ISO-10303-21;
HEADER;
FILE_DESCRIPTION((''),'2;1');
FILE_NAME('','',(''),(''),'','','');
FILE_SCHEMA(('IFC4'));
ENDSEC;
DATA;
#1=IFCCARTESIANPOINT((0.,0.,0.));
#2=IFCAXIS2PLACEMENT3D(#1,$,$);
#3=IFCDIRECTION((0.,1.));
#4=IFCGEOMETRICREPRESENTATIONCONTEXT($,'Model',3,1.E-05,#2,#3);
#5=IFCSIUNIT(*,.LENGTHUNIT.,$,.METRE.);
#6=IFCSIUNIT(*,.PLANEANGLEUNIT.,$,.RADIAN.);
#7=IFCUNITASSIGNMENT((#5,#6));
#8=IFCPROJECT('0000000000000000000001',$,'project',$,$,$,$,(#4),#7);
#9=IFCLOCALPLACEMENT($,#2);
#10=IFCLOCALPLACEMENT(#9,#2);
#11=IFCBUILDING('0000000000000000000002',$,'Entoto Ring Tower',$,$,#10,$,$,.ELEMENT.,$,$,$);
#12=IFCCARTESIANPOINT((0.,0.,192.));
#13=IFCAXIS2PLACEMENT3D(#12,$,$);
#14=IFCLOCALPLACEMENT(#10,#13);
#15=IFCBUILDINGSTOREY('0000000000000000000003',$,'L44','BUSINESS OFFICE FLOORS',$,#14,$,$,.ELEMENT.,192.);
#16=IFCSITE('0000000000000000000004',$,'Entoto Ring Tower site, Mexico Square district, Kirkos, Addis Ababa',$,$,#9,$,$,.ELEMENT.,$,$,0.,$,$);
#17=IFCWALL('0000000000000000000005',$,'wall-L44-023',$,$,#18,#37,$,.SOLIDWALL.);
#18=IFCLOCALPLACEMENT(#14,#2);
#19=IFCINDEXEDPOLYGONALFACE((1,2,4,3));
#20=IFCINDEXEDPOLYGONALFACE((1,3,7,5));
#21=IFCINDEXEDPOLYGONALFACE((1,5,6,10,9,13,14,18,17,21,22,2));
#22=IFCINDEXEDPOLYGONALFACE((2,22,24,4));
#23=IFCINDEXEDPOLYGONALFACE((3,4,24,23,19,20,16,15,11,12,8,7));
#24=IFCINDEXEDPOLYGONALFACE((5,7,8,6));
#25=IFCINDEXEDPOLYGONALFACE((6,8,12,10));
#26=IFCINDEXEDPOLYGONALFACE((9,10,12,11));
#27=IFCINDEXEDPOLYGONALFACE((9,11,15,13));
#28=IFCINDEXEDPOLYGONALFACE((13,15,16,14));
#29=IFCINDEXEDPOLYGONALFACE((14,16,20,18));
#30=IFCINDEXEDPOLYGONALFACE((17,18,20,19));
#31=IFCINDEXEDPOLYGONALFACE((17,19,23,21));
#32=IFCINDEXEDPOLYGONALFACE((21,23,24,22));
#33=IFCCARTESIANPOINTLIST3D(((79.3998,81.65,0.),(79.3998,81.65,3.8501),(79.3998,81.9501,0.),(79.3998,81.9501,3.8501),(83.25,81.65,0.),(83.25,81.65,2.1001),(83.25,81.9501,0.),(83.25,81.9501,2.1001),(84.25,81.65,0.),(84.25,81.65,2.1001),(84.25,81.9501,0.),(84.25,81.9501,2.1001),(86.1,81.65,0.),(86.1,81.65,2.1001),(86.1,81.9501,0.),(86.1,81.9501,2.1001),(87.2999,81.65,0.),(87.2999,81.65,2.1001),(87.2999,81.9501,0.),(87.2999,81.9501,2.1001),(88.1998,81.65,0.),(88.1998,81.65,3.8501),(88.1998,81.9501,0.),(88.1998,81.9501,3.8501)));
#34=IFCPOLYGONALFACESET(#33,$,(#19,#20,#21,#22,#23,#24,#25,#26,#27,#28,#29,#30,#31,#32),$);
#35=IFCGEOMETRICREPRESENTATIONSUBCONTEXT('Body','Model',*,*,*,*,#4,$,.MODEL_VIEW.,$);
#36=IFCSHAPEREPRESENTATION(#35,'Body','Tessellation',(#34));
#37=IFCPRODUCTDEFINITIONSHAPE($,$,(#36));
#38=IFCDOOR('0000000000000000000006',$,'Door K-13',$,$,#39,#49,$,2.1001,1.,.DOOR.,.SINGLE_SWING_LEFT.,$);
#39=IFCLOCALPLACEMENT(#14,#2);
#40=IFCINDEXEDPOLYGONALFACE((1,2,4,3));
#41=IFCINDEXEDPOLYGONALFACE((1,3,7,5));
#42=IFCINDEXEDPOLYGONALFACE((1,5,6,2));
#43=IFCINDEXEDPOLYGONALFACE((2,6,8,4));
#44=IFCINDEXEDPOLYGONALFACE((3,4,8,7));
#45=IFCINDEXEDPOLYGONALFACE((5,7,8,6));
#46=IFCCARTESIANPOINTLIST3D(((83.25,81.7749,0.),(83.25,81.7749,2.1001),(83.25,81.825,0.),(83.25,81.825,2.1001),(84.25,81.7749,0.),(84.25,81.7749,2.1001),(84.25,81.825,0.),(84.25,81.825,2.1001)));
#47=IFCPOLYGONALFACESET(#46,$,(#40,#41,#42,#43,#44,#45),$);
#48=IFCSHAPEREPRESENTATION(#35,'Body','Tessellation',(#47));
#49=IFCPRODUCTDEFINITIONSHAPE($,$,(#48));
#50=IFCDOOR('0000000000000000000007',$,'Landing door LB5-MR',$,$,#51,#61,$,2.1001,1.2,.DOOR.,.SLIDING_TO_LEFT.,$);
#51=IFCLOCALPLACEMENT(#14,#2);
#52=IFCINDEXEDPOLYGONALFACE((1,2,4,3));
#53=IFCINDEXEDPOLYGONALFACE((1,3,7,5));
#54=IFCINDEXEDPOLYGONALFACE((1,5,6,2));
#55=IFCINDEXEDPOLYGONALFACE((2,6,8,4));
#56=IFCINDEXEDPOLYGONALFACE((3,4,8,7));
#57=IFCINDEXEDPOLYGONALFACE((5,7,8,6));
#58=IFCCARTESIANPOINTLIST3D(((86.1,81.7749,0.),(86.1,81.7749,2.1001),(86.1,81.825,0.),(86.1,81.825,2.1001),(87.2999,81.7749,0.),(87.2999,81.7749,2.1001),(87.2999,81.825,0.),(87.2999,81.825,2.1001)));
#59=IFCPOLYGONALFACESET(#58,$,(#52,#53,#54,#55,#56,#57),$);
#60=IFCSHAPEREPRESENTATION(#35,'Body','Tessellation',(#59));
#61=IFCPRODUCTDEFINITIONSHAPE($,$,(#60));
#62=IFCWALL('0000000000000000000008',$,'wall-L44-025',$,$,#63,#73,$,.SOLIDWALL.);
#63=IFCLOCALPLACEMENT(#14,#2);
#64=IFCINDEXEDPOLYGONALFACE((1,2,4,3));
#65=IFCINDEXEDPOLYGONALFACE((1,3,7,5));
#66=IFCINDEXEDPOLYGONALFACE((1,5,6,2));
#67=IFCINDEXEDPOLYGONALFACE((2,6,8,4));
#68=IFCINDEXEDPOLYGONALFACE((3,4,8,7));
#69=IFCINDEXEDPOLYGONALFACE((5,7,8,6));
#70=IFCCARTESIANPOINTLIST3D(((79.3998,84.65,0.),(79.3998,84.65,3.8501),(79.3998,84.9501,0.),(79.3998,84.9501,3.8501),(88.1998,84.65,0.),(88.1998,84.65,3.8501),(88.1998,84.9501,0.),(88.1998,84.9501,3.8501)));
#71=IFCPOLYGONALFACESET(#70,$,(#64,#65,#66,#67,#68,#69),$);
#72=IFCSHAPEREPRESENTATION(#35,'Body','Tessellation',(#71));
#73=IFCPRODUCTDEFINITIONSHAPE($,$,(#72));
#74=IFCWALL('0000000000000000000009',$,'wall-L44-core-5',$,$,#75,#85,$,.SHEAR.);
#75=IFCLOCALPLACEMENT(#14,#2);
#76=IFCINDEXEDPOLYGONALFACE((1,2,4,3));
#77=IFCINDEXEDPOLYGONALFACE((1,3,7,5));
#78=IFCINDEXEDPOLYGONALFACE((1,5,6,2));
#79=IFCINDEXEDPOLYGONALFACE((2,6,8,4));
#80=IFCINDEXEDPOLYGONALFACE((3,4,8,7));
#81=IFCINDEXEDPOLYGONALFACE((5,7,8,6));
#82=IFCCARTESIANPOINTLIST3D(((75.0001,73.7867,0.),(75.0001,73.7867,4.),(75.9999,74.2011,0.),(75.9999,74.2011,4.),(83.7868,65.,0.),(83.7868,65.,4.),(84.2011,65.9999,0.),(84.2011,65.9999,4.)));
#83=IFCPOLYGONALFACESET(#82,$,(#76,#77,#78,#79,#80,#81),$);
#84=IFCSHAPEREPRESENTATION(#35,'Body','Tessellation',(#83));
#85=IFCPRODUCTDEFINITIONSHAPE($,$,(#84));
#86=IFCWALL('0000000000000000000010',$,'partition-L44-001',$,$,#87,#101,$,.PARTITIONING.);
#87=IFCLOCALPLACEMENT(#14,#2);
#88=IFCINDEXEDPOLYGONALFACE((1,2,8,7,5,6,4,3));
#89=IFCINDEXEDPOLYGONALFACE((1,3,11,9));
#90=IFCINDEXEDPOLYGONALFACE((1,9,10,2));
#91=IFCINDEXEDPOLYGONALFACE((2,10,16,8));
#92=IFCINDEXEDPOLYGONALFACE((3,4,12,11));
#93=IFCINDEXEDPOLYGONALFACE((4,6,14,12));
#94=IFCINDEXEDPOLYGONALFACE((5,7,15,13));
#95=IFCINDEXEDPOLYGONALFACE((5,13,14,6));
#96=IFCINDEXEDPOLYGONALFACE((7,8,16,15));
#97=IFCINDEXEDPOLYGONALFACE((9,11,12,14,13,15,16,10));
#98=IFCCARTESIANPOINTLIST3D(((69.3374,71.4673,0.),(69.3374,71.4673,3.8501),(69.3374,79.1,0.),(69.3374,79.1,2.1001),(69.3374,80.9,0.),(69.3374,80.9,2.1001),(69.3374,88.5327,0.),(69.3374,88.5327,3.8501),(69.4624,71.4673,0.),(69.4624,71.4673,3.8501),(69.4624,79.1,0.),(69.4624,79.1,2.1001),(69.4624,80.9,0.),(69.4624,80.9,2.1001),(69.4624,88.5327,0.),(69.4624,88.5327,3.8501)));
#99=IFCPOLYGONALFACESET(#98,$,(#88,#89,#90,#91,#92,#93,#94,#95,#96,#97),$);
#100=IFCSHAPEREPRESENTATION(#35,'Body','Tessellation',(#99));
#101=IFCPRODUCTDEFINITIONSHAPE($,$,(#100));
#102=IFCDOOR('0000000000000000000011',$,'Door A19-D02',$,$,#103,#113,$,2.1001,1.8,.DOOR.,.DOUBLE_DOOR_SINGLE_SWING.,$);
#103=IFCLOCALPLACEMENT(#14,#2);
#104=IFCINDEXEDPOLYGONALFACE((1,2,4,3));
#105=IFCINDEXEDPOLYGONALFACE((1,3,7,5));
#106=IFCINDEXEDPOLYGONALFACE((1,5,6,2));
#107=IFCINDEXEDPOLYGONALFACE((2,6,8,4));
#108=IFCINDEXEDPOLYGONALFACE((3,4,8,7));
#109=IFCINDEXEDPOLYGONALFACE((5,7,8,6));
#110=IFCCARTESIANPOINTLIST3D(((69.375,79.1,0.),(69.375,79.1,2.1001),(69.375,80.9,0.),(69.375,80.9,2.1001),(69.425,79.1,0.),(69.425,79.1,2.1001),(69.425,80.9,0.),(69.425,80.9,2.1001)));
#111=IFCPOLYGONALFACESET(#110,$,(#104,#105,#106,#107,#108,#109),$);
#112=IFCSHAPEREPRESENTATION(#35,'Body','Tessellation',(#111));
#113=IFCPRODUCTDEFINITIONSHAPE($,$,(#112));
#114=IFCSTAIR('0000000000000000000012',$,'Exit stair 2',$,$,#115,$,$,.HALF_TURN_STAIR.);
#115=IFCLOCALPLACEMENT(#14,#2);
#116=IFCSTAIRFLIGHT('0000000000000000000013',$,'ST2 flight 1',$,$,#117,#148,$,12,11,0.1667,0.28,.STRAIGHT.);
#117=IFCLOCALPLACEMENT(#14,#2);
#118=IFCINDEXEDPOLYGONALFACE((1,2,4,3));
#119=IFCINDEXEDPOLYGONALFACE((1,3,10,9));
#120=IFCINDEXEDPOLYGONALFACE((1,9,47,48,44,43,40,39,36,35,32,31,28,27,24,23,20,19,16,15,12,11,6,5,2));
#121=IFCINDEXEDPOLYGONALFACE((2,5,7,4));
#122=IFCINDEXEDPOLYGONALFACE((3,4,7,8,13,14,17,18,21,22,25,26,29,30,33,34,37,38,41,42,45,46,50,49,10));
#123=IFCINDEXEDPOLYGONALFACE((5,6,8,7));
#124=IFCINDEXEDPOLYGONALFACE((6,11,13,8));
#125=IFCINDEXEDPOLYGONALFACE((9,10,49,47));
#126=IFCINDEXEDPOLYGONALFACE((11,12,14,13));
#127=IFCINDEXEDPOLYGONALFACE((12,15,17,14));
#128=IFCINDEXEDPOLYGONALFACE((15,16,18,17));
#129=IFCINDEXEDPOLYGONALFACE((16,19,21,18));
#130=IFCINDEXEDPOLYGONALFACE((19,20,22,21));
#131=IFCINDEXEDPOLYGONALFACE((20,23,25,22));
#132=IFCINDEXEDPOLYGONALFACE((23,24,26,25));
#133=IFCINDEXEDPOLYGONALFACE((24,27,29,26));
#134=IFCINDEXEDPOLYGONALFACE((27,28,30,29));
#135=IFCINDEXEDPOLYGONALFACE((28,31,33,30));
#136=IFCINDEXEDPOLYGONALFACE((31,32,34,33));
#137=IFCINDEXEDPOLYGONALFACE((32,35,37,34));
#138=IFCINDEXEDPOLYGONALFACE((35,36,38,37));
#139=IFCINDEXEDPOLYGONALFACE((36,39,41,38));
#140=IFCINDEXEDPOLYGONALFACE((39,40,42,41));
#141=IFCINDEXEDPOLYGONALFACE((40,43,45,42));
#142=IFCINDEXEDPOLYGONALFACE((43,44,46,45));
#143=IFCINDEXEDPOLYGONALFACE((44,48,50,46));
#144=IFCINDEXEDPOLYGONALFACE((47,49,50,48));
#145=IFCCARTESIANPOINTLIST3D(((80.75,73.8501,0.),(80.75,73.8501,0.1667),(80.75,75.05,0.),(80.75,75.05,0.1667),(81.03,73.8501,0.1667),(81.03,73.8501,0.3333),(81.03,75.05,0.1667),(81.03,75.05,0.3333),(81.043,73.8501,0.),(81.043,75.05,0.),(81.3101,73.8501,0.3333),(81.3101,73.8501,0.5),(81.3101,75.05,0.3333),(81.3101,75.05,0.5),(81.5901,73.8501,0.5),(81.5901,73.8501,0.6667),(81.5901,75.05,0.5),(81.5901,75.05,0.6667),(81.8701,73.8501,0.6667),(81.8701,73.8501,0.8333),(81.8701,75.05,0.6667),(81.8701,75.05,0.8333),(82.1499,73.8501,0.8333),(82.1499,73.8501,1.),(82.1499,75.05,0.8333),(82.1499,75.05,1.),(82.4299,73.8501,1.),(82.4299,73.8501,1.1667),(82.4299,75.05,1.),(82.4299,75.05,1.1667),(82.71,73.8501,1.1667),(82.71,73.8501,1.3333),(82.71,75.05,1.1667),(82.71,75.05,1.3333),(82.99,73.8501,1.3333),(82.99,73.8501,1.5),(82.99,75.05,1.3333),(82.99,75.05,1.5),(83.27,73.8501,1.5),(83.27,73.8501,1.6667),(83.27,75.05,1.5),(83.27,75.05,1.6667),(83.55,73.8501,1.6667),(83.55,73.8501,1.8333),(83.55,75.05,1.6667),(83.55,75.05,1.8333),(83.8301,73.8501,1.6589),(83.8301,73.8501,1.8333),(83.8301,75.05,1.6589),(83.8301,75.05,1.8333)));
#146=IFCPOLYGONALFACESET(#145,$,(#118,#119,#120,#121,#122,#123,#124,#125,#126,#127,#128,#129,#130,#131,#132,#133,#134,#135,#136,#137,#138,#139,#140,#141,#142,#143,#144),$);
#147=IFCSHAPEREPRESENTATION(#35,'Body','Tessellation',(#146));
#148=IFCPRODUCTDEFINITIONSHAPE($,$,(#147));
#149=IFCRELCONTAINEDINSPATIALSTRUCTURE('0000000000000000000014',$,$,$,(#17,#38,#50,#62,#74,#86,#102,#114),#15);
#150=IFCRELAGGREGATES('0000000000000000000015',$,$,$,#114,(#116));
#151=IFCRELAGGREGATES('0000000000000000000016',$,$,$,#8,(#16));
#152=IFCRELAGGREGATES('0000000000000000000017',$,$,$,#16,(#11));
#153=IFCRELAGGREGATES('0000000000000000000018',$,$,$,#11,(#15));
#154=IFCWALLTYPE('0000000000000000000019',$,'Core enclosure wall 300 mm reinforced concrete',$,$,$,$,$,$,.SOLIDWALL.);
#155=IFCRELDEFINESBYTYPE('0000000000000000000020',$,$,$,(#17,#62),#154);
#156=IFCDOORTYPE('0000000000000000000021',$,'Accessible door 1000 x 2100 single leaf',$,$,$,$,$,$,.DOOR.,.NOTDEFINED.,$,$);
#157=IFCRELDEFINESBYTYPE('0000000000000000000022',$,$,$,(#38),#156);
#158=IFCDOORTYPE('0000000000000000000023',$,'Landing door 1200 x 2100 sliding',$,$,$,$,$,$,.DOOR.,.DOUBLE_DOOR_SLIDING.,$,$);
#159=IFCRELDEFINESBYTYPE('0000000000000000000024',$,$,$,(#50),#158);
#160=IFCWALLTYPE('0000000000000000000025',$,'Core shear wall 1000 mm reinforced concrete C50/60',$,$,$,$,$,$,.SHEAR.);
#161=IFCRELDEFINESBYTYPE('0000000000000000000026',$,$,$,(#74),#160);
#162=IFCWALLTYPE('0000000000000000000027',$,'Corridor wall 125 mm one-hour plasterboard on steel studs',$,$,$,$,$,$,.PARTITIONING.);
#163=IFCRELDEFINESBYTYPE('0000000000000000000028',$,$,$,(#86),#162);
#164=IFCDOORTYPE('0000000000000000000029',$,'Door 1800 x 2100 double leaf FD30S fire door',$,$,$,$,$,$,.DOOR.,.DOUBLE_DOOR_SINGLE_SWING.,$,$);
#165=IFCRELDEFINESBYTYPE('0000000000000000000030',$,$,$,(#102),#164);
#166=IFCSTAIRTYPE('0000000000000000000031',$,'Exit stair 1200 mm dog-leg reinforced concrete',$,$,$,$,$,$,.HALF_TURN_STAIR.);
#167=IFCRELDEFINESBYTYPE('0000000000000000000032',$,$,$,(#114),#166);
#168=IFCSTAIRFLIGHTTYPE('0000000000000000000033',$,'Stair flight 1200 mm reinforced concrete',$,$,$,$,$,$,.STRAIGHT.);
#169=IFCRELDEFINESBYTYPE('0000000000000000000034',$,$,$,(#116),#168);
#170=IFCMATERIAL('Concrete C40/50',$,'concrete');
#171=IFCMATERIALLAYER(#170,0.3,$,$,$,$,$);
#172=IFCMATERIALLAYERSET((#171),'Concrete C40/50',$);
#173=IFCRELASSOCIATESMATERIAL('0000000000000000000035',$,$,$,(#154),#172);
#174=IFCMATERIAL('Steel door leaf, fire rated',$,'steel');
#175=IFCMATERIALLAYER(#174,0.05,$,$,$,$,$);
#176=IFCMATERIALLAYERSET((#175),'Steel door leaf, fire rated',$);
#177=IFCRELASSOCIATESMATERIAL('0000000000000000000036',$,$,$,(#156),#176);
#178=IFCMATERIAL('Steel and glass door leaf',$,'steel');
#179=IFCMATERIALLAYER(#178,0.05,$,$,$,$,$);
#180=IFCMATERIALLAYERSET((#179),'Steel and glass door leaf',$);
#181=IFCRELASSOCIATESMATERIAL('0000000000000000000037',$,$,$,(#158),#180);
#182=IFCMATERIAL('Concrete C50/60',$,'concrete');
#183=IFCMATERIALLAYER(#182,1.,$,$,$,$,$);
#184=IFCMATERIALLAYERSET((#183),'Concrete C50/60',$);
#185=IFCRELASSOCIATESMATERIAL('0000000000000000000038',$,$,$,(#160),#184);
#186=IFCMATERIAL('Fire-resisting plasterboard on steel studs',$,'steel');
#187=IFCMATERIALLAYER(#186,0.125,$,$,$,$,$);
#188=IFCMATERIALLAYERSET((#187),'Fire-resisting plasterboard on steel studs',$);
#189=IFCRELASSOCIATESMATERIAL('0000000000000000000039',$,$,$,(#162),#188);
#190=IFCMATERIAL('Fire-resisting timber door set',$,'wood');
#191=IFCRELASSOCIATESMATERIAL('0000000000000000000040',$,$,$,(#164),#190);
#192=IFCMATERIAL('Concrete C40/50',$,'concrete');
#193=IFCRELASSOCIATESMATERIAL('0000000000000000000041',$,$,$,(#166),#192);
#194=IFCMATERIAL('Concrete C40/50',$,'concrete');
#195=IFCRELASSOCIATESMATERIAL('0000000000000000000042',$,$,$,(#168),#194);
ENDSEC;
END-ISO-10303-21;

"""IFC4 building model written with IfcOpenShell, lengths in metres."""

from ifc_helpers import new_model, si_unit, direction, frame, frame_2d, origin, place, context, subcontext, project, spatial, polyline, rectangle, outline, extrude, material, layer, layer_set, type_object, element, fill, aggregate, save


model = new_model("IFC4")

# Units and contexts
model_context = context("Model", 3, precision=1e-05, world=origin(), true_north=direction((0.0, 1.0)))
body_context = subcontext(model_context, "Body", "Model", "MODEL_VIEW")
ifc_project = project(units=[si_unit("LENGTHUNIT", "METRE"), si_unit("PLANEANGLEUNIT", "RADIAN")], contexts=[model_context])

# Site, building, storey
site_placement = place(None, origin())
site = spatial("IfcSite", under=ifc_project, at=site_placement, Name="Entoto Ring Tower site, Mexico Square district, Kirkos, Addis Ababa", CompositionType="ELEMENT", RefElevation=0.0)
building_placement = place(site_placement, origin())
building = spatial("IfcBuilding", under=site, at=building_placement, Name="Entoto Ring Tower", CompositionType="ELEMENT")
storey_placement = place(building_placement, frame((0.0, 0.0, 192.0)))
storey = spatial("IfcBuildingStorey", under=building, at=storey_placement, Name="L44", Description="BUSINESS OFFICE FLOORS", CompositionType="ELEMENT", Elevation=192.0)

# Shared definitions
ifc_material_1 = material(Name="Concrete C40/50", Category="concrete")
ifc_layer_1 = layer(ifc_material_1, 0.3)
ifc_layer_set_1 = layer_set([ifc_layer_1], Name="Concrete C40/50")
wall_type_1 = type_object("IfcWallType", Name="Core enclosure wall 300 mm reinforced concrete", PredefinedType="SOLIDWALL", material=ifc_layer_set_1)

# Wall, openings, doors
wall_1_placement = place(storey_placement, frame((79.3999, 81.8, 0.0), z_axis=(0.0, 0.0, 1.0), x_axis=(1.0, 0.0, 0.0)))
wall_1 = element("IfcWall", 1, at=wall_1_placement, inside=storey, type_object=wall_type_1, Name="wall-L44-023", PredefinedType="SOLIDWALL", context=body_context, shape_type="SweptSolid", body=[
    extrude(rectangle(XDim=8.8, YDim=0.3, at=frame_2d((4.3999, 0.0))), origin(), (0.0, 0.0, 1.0), 3.8501),
])
opening_1_placement = place(wall_1_placement, frame((6.7, 0.0, 0.0)))
opening_1 = element("IfcOpeningElement", 2, at=opening_1_placement, cuts=wall_1, PredefinedType="OPENING", context=body_context, shape_type="SweptSolid", body=[
    extrude(rectangle(XDim=1.2, YDim=2.1001, at=frame_2d((0.6001, 1.05))), frame((0.0, 0.1602, 0.0), z_axis=(0.0, -1.0, 0.0), x_axis=(1.0, 0.0, 0.0)), (0.0, 0.0, 1.0), 0.3201),
])
opening_2_placement = place(wall_1_placement, frame((3.8501, 0.0, 0.0)))
opening_2 = element("IfcOpeningElement", 3, at=opening_2_placement, cuts=wall_1, PredefinedType="OPENING", context=body_context, shape_type="SweptSolid", body=[
    extrude(rectangle(XDim=1.0, YDim=2.1001, at=frame_2d((0.5, 1.05))), frame((0.0, 0.1602, 0.0), z_axis=(0.0, -1.0, 0.0), x_axis=(1.0, 0.0, 0.0)), (0.0, 0.0, 1.0), 0.3201),
])
ifc_material_2 = material(Name="Steel door leaf, fire rated", Category="steel")
ifc_layer_2 = layer(ifc_material_2, 0.05)
ifc_layer_set_2 = layer_set([ifc_layer_2], Name="Steel door leaf, fire rated")
door_type_1 = type_object("IfcDoorType", Name="Accessible door 1000 x 2100 single leaf", OperationType="NOTDEFINED", PredefinedType="DOOR", material=ifc_layer_set_2)
door_1_placement = place(opening_2_placement, origin())
door_1 = element("IfcDoor", 4, at=door_1_placement, inside=storey, type_object=door_type_1, Name="Door K-13", OperationType="SINGLE_SWING_LEFT", OverallHeight=2.1001, OverallWidth=1.0, PredefinedType="DOOR", context=body_context, shape_type="SweptSolid", body=[
    extrude(rectangle(XDim=1.0, YDim=2.1001, at=frame_2d((0.5, 1.05))), frame((0.0, 0.0249, 0.0), z_axis=(0.0, -1.0, 0.0), x_axis=(1.0, 0.0, 0.0)), (0.0, 0.0, 1.0), 0.05),
])
fill(opening_2, door_1)
ifc_material_3 = material(Name="Steel and glass door leaf", Category="steel")
ifc_layer_3 = layer(ifc_material_3, 0.05)
ifc_layer_set_3 = layer_set([ifc_layer_3], Name="Steel and glass door leaf")
door_type_2 = type_object("IfcDoorType", Name="Landing door 1200 x 2100 sliding", OperationType="DOUBLE_DOOR_SLIDING", PredefinedType="DOOR", material=ifc_layer_set_3)
door_2_placement = place(opening_1_placement, origin())
door_2 = element("IfcDoor", 5, at=door_2_placement, inside=storey, type_object=door_type_2, Name="Landing door LB5-MR", OperationType="SLIDING_TO_LEFT", OverallHeight=2.1001, OverallWidth=1.2, PredefinedType="DOOR", context=body_context, shape_type="SweptSolid", body=[
    extrude(rectangle(XDim=1.2, YDim=2.1001, at=frame_2d((0.6001, 1.05))), frame((0.0, 0.0249, 0.0), z_axis=(0.0, -1.0, 0.0), x_axis=(1.0, 0.0, 0.0)), (0.0, 0.0, 1.0), 0.05),
])
fill(opening_1, door_2)

# Walls
wall_2_placement = place(storey_placement, frame((79.3999, 84.8, 0.0), z_axis=(0.0, 0.0, 1.0), x_axis=(1.0, 0.0, 0.0)))
element("IfcWall", 6, at=wall_2_placement, inside=storey, type_object=wall_type_1, Name="wall-L44-025", PredefinedType="SOLIDWALL", context=body_context, shape_type="SweptSolid", body=[
    extrude(rectangle(XDim=8.8, YDim=0.3, at=frame_2d((4.3999, 0.0))), origin(), (0.0, 0.0, 1.0), 3.8501),
])
ifc_material_4 = material(Name="Concrete C50/60", Category="concrete")
ifc_layer_4 = layer(ifc_material_4, 1.0)
ifc_layer_set_4 = layer_set([ifc_layer_4], Name="Concrete C50/60")
wall_type_2 = type_object("IfcWallType", Name="Core shear wall 1000 mm reinforced concrete C50/60", PredefinedType="SHEAR", material=ifc_layer_set_4)
wall_3_placement = place(storey_placement, frame((75.5, 73.9939, 0.0), z_axis=(0.0, 0.0, 1.0), x_axis=(0.707107, -0.707107, 0.0)))
element("IfcWall", 7, at=wall_3_placement, inside=storey, type_object=wall_type_2, Name="wall-L44-core-5", PredefinedType="SHEAR", context=body_context, shape_type="SweptSolid", body=[
    extrude(outline(polyline([(-0.207, -0.5), (12.2192, -0.5), (11.8052, 0.5), (0.207, 0.5), (-0.207, -0.5)])), origin(), (0.0, 0.0, 1.0), 4.0),
])

# Wall, opening, door
ifc_material_5 = material(Name="Fire-resisting plasterboard on steel studs", Category="steel")
ifc_layer_5 = layer(ifc_material_5, 0.125)
ifc_layer_set_5 = layer_set([ifc_layer_5], Name="Fire-resisting plasterboard on steel studs")
wall_type_3 = type_object("IfcWallType", Name="Corridor wall 125 mm one-hour plasterboard on steel studs", PredefinedType="PARTITIONING", material=ifc_layer_set_5)
wall_4_placement = place(storey_placement, frame((69.3999, 71.4673, 0.0), z_axis=(0.0, 0.0, 1.0), x_axis=(0.0, 1.0, 0.0)))
wall_4 = element("IfcWall", 8, at=wall_4_placement, inside=storey, type_object=wall_type_3, Name="partition-L44-001", PredefinedType="PARTITIONING", context=body_context, shape_type="SweptSolid", body=[
    extrude(rectangle(XDim=17.0654, YDim=0.125, at=frame_2d((8.5327, 0.0))), origin(), (0.0, 0.0, 1.0), 3.8501),
])
opening_3_placement = place(wall_4_placement, frame((7.6328, 0.0, 0.0)))
opening_3 = element("IfcOpeningElement", 9, at=opening_3_placement, cuts=wall_4, PredefinedType="OPENING", context=body_context, shape_type="SweptSolid", body=[
    extrude(rectangle(XDim=1.8, YDim=2.1001, at=frame_2d((0.8999, 1.05))), frame((0.0, 0.0725, 0.0), z_axis=(0.0, -1.0, 0.0), x_axis=(1.0, 0.0, 0.0)), (0.0, 0.0, 1.0), 0.145),
])
ifc_material_6 = material(Name="Fire-resisting timber door set", Category="wood")
door_type_3 = type_object("IfcDoorType", Name="Door 1800 x 2100 double leaf FD30S fire door", OperationType="DOUBLE_DOOR_SINGLE_SWING", PredefinedType="DOOR", material=ifc_material_6)
door_3_placement = place(opening_3_placement, origin())
door_3 = element("IfcDoor", 10, at=door_3_placement, inside=storey, type_object=door_type_3, Name="Door A19-D02", OperationType="DOUBLE_DOOR_SINGLE_SWING", OverallHeight=2.1001, OverallWidth=1.8, PredefinedType="DOOR", context=body_context, shape_type="SweptSolid", body=[
    extrude(rectangle(XDim=1.8, YDim=2.1001, at=frame_2d((0.8999, 1.05))), frame((0.0, 0.0249, 0.0), z_axis=(0.0, -1.0, 0.0), x_axis=(1.0, 0.0, 0.0)), (0.0, 0.0, 1.0), 0.05),
])
fill(opening_3, door_3)

# Stair, stair flight
ifc_material_7 = material(Name="Concrete C40/50", Category="concrete")
stair_type = type_object("IfcStairType", Name="Exit stair 1200 mm dog-leg reinforced concrete", PredefinedType="HALF_TURN_STAIR", material=ifc_material_7)
stair_placement = place(storey_placement, origin())
stair = element("IfcStair", 11, at=stair_placement, inside=storey, type_object=stair_type, Name="Exit stair 2", PredefinedType="HALF_TURN_STAIR")
ifc_material_8 = material(Name="Concrete C40/50", Category="concrete")
stair_flight_type = type_object("IfcStairFlightType", Name="Stair flight 1200 mm reinforced concrete", PredefinedType="STRAIGHT", material=ifc_material_8)
stair_flight_1_placement = place(storey_placement, frame((80.75, 74.45, 0.0), z_axis=(0.0, 0.0, 1.0), x_axis=(1.0, 0.0, 0.0)))
stair_flight_1 = element("IfcStairFlight", 12, at=stair_flight_1_placement, type_object=stair_flight_type, Name="ST2 flight 1", NumberOfRisers=12, NumberOfTreads=11, PredefinedType="STRAIGHT", RiserHeight=0.1667, TreadLength=0.28, context=body_context, shape_type="SweptSolid", body=[
    extrude(outline(polyline([(0.0, 0.0), (0.0, 0.1667), (0.28, 0.1667), (0.28, 0.3333), (0.5601, 0.3333), (0.5601, 0.5), (0.8401, 0.5), (0.8401, 0.6667), (1.1201, 0.6667), (1.1201, 0.8333), (1.3999, 0.8333), (1.3999, 1.0), (1.6799, 1.0), (1.6799, 1.1667), (1.96, 1.1667), (1.96, 1.3333), (2.24, 1.3333), (2.24, 1.5), (2.52, 1.5), (2.52, 1.6667), (2.8, 1.6667), (2.8, 1.8333), (3.0801, 1.8333), (3.0801, 2.0), (3.0801, 1.6589), (0.293, 0.0), (0.0, 0.0)])), frame((0.0, 0.6001, 0.0), z_axis=(0.0, -1.0, 0.0), x_axis=(1.0, 0.0, 0.0)), (0.0, 0.0, 1.0), 1.2),
])
aggregate(stair, [stair_flight_1])

save(model, "model.ifc")
